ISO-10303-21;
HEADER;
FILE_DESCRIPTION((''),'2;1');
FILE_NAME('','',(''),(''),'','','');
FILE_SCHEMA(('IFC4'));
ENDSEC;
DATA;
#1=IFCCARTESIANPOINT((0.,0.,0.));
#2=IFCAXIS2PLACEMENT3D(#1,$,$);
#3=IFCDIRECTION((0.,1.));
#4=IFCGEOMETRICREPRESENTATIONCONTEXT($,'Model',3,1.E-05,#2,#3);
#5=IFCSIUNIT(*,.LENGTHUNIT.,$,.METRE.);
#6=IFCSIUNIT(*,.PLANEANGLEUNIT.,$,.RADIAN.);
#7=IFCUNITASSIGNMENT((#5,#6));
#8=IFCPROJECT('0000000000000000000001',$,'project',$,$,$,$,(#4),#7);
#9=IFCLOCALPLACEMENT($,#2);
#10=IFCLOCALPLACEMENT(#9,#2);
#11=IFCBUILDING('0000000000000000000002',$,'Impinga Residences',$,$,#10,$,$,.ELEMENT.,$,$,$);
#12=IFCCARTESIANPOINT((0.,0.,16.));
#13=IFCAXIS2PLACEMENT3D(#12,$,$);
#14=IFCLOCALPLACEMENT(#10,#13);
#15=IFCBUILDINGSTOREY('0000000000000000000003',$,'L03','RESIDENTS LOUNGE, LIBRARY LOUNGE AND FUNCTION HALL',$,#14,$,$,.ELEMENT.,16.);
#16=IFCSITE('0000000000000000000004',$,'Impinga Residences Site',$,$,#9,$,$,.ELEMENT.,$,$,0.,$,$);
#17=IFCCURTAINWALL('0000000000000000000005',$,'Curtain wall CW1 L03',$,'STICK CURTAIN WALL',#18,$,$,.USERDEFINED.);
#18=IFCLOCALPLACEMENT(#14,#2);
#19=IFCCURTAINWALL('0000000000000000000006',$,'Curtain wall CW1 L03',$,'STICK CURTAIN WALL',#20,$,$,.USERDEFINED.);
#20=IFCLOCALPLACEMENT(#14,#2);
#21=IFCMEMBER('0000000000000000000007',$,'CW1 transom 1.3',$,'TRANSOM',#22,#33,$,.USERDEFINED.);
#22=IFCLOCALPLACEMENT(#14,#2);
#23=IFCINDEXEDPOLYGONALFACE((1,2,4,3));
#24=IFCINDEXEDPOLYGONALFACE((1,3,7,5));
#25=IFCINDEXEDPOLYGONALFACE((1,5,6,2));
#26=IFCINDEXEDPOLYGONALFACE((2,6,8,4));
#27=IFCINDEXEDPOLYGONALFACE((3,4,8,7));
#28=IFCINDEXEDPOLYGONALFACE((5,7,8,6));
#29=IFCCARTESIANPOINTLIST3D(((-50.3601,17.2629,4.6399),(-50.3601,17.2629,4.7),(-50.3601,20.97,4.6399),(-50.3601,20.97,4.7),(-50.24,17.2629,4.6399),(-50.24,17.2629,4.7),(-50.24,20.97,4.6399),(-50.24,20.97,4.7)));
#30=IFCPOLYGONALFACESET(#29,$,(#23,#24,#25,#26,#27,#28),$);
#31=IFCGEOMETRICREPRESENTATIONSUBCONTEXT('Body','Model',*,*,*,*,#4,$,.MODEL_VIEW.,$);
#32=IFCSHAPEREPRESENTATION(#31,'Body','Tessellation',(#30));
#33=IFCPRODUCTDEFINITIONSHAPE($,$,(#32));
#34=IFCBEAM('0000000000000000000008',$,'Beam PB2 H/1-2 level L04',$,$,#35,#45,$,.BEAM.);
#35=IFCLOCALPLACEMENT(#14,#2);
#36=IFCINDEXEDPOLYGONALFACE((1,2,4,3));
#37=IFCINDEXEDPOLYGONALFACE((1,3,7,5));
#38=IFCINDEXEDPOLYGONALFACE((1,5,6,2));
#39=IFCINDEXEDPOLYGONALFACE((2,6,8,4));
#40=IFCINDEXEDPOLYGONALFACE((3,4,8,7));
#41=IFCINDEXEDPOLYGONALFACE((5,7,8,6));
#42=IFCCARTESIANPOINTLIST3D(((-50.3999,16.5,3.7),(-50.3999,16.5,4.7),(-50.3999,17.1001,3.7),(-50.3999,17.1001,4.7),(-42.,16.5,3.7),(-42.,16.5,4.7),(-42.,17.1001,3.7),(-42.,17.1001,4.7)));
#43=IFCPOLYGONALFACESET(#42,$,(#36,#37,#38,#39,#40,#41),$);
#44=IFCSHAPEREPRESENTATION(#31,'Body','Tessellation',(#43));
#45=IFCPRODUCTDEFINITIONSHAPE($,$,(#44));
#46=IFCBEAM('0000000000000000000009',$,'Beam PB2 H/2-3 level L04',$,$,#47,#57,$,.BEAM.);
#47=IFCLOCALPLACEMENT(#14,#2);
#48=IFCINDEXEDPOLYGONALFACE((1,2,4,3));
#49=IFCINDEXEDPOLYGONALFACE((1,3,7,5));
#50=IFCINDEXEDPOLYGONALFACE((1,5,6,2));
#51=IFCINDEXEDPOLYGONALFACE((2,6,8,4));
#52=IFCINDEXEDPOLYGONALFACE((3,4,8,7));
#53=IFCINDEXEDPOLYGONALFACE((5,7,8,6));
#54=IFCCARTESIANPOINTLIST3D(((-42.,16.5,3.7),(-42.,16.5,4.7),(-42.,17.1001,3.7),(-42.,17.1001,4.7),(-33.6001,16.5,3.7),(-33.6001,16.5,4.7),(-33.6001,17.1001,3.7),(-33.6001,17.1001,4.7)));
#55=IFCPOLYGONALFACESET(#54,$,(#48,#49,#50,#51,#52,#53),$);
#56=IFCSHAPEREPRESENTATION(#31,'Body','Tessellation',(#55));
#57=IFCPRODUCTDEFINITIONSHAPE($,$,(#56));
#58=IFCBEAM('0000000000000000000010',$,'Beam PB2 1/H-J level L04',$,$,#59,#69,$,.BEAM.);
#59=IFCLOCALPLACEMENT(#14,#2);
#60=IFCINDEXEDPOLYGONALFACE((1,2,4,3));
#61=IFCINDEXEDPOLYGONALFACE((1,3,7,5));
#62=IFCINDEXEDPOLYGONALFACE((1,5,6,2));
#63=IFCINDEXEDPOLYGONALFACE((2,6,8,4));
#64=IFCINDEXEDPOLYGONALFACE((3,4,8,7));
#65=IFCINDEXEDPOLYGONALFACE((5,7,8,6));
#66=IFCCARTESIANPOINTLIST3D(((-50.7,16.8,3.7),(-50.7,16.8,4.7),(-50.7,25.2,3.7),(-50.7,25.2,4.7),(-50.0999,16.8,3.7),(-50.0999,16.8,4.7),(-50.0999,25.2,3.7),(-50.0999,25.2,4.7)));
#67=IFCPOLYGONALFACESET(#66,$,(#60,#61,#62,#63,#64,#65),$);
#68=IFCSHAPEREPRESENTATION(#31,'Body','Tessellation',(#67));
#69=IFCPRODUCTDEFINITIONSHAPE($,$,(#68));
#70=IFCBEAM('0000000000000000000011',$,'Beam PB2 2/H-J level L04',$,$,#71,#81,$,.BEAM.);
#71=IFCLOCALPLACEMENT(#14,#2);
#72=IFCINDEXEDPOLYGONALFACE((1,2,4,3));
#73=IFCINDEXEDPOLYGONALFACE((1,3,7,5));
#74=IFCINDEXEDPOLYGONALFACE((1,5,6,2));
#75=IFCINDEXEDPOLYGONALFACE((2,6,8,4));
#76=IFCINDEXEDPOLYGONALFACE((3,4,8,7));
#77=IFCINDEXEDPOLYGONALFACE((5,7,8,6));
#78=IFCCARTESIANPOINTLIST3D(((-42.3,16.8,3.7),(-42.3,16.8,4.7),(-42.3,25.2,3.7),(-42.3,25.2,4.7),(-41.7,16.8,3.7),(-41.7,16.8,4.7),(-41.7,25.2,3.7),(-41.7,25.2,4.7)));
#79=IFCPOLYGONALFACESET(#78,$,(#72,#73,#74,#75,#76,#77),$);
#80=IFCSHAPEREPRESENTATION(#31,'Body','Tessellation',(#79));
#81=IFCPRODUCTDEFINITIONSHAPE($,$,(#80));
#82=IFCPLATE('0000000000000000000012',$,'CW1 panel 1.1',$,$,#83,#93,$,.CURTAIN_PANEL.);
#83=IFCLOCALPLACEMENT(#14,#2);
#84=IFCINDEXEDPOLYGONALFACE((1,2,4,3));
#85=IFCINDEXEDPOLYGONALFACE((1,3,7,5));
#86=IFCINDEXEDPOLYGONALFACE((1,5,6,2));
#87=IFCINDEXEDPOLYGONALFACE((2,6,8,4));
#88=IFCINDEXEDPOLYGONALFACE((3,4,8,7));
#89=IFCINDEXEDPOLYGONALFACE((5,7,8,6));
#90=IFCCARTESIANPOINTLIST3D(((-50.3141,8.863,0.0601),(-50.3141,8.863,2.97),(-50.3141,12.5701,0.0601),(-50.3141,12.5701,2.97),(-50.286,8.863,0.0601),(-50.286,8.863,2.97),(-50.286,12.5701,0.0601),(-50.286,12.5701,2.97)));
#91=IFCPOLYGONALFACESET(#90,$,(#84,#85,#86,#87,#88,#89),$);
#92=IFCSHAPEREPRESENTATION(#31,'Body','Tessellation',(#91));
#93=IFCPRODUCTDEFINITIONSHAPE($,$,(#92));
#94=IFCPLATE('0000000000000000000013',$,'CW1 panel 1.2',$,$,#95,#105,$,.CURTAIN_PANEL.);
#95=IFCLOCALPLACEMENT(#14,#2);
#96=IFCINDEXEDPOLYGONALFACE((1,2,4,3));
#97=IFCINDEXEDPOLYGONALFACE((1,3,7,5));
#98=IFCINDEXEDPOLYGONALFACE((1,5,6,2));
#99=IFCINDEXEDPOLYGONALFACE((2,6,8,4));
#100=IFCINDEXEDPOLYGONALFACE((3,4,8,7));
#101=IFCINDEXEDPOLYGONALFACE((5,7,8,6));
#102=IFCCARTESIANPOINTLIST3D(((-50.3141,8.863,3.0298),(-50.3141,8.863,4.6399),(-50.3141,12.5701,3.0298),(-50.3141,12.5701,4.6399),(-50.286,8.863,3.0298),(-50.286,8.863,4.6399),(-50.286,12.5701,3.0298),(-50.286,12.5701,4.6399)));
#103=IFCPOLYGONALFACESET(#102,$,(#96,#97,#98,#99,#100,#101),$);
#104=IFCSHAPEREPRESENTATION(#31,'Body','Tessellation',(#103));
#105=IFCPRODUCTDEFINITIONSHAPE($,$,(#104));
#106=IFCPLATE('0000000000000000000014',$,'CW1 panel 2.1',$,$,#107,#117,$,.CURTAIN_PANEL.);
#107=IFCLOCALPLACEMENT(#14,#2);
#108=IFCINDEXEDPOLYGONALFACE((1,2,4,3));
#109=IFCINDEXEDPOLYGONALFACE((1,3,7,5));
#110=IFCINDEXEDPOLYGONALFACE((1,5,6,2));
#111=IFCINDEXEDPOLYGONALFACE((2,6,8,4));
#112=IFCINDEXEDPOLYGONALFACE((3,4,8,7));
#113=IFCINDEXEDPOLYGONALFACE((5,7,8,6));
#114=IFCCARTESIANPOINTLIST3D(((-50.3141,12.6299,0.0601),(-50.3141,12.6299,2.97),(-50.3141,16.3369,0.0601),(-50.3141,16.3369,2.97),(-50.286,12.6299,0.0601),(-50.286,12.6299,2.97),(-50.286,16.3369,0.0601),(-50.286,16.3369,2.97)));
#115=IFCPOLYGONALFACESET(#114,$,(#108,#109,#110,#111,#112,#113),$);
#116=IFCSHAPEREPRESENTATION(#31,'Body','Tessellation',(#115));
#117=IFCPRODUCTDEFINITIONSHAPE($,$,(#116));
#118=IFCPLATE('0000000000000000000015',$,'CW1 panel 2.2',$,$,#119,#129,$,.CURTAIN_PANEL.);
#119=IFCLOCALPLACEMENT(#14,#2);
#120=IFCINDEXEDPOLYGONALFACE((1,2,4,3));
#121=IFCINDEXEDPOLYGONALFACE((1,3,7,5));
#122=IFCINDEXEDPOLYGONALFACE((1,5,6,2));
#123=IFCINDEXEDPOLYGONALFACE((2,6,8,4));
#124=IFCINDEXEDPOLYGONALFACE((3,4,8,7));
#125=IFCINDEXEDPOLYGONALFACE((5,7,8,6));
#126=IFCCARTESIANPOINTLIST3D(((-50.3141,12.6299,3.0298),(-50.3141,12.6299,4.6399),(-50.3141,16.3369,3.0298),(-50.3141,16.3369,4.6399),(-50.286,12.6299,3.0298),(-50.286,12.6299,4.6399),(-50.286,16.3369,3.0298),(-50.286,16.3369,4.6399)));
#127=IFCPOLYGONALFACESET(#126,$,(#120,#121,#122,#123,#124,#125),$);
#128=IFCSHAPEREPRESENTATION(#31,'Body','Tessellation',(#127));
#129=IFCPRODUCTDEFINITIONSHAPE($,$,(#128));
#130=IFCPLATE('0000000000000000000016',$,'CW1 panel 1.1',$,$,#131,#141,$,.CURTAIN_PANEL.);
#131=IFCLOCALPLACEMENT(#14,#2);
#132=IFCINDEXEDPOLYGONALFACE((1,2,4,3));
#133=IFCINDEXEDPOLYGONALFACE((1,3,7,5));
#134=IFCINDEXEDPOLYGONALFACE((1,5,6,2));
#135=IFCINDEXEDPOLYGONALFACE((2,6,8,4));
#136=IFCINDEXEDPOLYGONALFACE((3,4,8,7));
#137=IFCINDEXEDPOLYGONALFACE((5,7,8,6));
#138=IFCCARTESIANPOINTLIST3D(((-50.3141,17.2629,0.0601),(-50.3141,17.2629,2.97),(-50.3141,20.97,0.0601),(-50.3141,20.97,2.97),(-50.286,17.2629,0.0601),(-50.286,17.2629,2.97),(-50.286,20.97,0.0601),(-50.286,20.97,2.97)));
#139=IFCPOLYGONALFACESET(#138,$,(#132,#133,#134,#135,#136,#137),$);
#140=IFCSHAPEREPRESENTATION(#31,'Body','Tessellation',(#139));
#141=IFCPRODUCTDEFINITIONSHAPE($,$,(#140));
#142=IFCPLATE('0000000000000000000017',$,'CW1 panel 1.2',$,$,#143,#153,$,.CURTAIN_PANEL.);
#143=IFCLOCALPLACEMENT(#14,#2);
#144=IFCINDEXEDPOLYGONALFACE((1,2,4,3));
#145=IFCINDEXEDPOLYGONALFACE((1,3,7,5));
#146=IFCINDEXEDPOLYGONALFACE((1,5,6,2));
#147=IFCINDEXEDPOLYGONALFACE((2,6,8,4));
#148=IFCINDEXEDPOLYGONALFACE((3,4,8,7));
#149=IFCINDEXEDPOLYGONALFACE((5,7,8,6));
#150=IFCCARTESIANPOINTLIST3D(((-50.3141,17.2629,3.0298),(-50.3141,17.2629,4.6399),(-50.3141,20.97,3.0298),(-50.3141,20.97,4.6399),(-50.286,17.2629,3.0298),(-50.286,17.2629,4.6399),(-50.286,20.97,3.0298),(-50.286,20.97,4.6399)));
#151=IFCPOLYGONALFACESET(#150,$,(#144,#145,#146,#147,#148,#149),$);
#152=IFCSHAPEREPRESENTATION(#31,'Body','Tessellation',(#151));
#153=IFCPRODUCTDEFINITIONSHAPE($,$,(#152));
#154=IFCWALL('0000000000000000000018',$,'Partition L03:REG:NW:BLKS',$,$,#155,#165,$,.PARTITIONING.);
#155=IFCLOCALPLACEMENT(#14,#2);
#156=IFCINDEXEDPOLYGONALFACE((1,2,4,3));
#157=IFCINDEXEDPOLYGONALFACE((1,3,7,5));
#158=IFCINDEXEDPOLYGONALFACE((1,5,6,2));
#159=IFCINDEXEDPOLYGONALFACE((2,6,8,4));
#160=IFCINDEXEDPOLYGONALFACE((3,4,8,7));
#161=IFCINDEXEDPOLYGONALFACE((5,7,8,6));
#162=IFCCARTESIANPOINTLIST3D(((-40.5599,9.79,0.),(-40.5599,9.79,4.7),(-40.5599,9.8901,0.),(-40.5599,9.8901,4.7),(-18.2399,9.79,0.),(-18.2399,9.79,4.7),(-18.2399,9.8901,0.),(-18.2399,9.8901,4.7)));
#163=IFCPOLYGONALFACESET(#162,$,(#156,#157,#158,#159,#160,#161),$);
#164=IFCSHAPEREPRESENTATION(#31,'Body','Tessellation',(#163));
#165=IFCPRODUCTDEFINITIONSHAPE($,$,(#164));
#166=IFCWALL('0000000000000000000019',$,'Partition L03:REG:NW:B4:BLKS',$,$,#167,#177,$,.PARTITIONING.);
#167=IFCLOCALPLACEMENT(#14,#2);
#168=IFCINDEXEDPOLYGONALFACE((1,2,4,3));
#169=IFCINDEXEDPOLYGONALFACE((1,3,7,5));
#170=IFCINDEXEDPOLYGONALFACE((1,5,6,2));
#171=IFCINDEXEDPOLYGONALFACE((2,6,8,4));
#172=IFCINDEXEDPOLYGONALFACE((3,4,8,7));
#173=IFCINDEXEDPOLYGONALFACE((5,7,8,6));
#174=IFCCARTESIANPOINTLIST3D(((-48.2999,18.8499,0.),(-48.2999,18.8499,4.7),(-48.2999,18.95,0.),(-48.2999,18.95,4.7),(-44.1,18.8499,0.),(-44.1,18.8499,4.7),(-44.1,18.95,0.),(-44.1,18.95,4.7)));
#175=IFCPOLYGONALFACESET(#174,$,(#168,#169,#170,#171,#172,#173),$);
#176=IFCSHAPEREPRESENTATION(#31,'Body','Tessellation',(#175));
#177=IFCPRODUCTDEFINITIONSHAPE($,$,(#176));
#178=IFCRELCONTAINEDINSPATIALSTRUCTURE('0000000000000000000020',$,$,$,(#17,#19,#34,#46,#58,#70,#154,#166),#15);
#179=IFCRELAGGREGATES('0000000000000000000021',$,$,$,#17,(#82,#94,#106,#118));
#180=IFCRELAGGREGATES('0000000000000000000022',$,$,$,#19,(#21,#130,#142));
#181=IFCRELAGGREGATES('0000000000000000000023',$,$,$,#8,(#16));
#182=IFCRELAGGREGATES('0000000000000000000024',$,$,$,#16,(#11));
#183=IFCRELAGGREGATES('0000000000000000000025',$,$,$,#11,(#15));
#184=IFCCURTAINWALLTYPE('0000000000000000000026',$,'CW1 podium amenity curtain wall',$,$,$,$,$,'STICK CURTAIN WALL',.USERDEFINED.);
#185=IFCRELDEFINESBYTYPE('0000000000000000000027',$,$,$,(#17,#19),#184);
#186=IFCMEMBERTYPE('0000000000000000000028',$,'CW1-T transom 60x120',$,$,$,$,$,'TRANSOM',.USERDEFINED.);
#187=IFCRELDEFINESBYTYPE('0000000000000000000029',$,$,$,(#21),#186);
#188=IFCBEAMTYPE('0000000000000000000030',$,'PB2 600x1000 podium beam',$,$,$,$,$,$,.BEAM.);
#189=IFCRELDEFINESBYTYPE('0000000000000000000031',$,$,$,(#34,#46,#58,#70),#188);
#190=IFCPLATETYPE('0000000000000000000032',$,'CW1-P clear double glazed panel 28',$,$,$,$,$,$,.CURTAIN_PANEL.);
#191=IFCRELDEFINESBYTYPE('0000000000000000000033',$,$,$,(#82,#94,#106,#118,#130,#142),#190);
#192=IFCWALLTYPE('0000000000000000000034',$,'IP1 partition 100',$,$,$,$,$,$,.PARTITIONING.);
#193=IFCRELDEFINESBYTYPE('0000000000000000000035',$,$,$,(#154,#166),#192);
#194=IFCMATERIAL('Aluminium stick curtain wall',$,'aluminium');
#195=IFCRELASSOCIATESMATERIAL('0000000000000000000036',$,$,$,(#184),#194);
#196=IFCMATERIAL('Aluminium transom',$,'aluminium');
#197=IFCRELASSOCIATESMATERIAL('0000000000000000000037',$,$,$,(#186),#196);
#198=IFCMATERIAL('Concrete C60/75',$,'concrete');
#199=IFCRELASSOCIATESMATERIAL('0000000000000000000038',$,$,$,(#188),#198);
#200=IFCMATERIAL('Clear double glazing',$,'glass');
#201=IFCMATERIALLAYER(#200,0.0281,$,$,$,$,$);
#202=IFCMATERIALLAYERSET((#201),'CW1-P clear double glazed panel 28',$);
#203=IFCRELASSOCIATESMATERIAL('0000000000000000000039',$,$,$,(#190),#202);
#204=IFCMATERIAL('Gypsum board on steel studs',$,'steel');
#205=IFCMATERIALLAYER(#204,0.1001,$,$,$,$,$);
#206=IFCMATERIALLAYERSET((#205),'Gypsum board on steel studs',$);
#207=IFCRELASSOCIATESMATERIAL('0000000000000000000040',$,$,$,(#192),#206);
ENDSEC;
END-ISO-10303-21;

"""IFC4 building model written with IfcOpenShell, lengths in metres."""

from ifc_helpers import new_model, si_unit, direction, frame, frame_2d, origin, origin_2d, place, context, subcontext, project, spatial, rectangle, extrude, material, layer, layer_set, material_profile, profile_set, type_object, element, aggregate, save


model = new_model("IFC4")

# Units and contexts
model_context = context("Model", 3, precision=1e-05, world=origin(), true_north=direction((0.0, 1.0)))
body_context = subcontext(model_context, "Body", "Model", "MODEL_VIEW")
ifc_project = project(units=[si_unit("LENGTHUNIT", "METRE"), si_unit("PLANEANGLEUNIT", "RADIAN")], contexts=[model_context])

# Site, building, storey
site_placement = place(None, origin())
site = spatial("IfcSite", under=ifc_project, at=site_placement, Name="Impinga Residences Site", CompositionType="ELEMENT", RefElevation=0.0)
building_placement = place(site_placement, origin())
building = spatial("IfcBuilding", under=site, at=building_placement, Name="Impinga Residences", CompositionType="ELEMENT")
storey_placement = place(building_placement, frame((0.0, 0.0, 16.0)))
storey = spatial("IfcBuildingStorey", under=building, at=storey_placement, Name="L03", Description="RESIDENTS LOUNGE, LIBRARY LOUNGE AND FUNCTION HALL", CompositionType="ELEMENT", Elevation=16.0)

# Curtain walls
ifc_material_1 = material(Name="Aluminium stick curtain wall", Category="aluminium")
curtain_wall_type = type_object("IfcCurtainWallType", Name="CW1 podium amenity curtain wall", ElementType="STICK CURTAIN WALL", PredefinedType="USERDEFINED", material=ifc_material_1)
curtain_wall_1_placement = place(storey_placement, origin())
curtain_wall_1 = element("IfcCurtainWall", 1, at=curtain_wall_1_placement, inside=storey, type_object=curtain_wall_type, Name="Curtain wall CW1 L03", ObjectType="STICK CURTAIN WALL", PredefinedType="USERDEFINED")
curtain_wall_2_placement = place(storey_placement, origin())
curtain_wall_2 = element("IfcCurtainWall", 2, at=curtain_wall_2_placement, inside=storey, type_object=curtain_wall_type, Name="Curtain wall CW1 L03", ObjectType="STICK CURTAIN WALL", PredefinedType="USERDEFINED")

# Member
ifc_material_2 = material(Name="Aluminium transom", Category="aluminium")
ifc_material_profile_1 = material_profile(ifc_material_2, rectangle(XDim=0.0601, YDim=0.1201, at=origin_2d()), Name="60x120 transom")
ifc_profile_set_1 = profile_set([ifc_material_profile_1], Name="Aluminium transom")
member_type_1 = type_object("IfcMemberType", Name="CW1-T transom 60x120", ElementType="TRANSOM", PredefinedType="USERDEFINED", material=ifc_profile_set_1)
member_1_placement = place(storey_placement, frame((-50.3, 17.2629, 4.6699), z_axis=(0.0, 1.0, 0.0), x_axis=(0.0, 0.0, 1.0)))
member_1 = element("IfcMember", 3, at=member_1_placement, type_object=member_type_1, Name="CW1 transom 1.3", ObjectType="TRANSOM", PredefinedType="USERDEFINED", context=body_context, shape_type="SweptSolid", body=[
    extrude(rectangle(XDim=0.0601, YDim=0.1201, at=origin_2d()), origin(), (0.0, 0.0, 1.0), 3.707),
])

# Beams
ifc_material_3 = material(Name="Concrete C60/75", Category="concrete")
ifc_material_profile_2 = material_profile(ifc_material_3, rectangle(XDim=0.6001, YDim=1.0, at=origin_2d()), Name="RC 600x1000")
ifc_profile_set_2 = profile_set([ifc_material_profile_2], Name="Concrete C60/75")
beam_type = type_object("IfcBeamType", Name="PB2 600x1000 podium beam", PredefinedType="BEAM", material=ifc_profile_set_2)
for number, where, z_axis, x_axis, name in (
    (4, (-50.3999, 16.8, 4.2), (1.0, 0.0, 0.0), (0.0, 1.0, 0.0), "Beam PB2 H/1-2 level L04"),
    (5, (-42.0, 16.8, 4.2), (1.0, 0.0, 0.0), (0.0, 1.0, 0.0), "Beam PB2 H/2-3 level L04"),
    (6, (-50.3999, 16.8, 4.2), (0.0, 1.0, 0.0), (-1.0, 0.0, 0.0), "Beam PB2 1/H-J level L04"),
    (7, (-42.0, 16.8, 4.2), (0.0, 1.0, 0.0), (-1.0, 0.0, 0.0), "Beam PB2 2/H-J level L04"),
):
    element("IfcBeam", number, at=place(storey_placement, frame(where, z_axis=z_axis, x_axis=x_axis)), inside=storey, type_object=beam_type, Name=name, PredefinedType="BEAM", context=body_context, shape_type="SweptSolid", body=[
        extrude(rectangle(XDim=0.6001, YDim=1.0, at=origin_2d()), origin(), (0.0, 0.0, 1.0), 8.3999),
    ])

# Plates
ifc_material_4 = material(Name="Clear double glazing", Category="glass")
ifc_layer_1 = layer(ifc_material_4, 0.0281)
ifc_layer_set_1 = layer_set([ifc_layer_1], Name="CW1-P clear double glazed panel 28")
plate_type = type_object("IfcPlateType", Name="CW1-P clear double glazed panel 28", PredefinedType="CURTAIN_PANEL", material=ifc_layer_set_1)
plate_1_placement = place(storey_placement, frame((-50.3, 10.7166, 0.0601), z_axis=(0.0, 0.0, 1.0), x_axis=(0.0, 1.0, 0.0)))
plate_1 = element("IfcPlate", 8, at=plate_1_placement, type_object=plate_type, Name="CW1 panel 1.1", PredefinedType="CURTAIN_PANEL", context=body_context, shape_type="SweptSolid", body=[
    extrude(rectangle(XDim=3.707, YDim=0.0281, at=origin_2d()), origin(), (0.0, 0.0, 1.0), 2.9099),
])
plate_2_placement = place(storey_placement, frame((-50.3, 10.7166, 3.0298), z_axis=(0.0, 0.0, 1.0), x_axis=(0.0, 1.0, 0.0)))
plate_2 = element("IfcPlate", 9, at=plate_2_placement, type_object=plate_type, Name="CW1 panel 1.2", PredefinedType="CURTAIN_PANEL", context=body_context, shape_type="SweptSolid", body=[
    extrude(rectangle(XDim=3.707, YDim=0.0281, at=origin_2d()), origin(), (0.0, 0.0, 1.0), 1.6101),
])
plate_3_placement = place(storey_placement, frame((-50.3, 14.4834, 0.0601), z_axis=(0.0, 0.0, 1.0), x_axis=(0.0, 1.0, 0.0)))
plate_3 = element("IfcPlate", 10, at=plate_3_placement, type_object=plate_type, Name="CW1 panel 2.1", PredefinedType="CURTAIN_PANEL", context=body_context, shape_type="SweptSolid", body=[
    extrude(rectangle(XDim=3.707, YDim=0.0281, at=origin_2d()), origin(), (0.0, 0.0, 1.0), 2.9099),
])
plate_4_placement = place(storey_placement, frame((-50.3, 14.4834, 3.0298), z_axis=(0.0, 0.0, 1.0), x_axis=(0.0, 1.0, 0.0)))
plate_4 = element("IfcPlate", 11, at=plate_4_placement, type_object=plate_type, Name="CW1 panel 2.2", PredefinedType="CURTAIN_PANEL", context=body_context, shape_type="SweptSolid", body=[
    extrude(rectangle(XDim=3.707, YDim=0.0281, at=origin_2d()), origin(), (0.0, 0.0, 1.0), 1.6101),
])
aggregate(curtain_wall_1, [plate_1, plate_2, plate_3, plate_4])
plate_5_placement = place(storey_placement, frame((-50.3, 19.1165, 0.0601), z_axis=(0.0, 0.0, 1.0), x_axis=(0.0, 1.0, 0.0)))
plate_5 = element("IfcPlate", 12, at=plate_5_placement, type_object=plate_type, Name="CW1 panel 1.1", PredefinedType="CURTAIN_PANEL", context=body_context, shape_type="SweptSolid", body=[
    extrude(rectangle(XDim=3.707, YDim=0.0281, at=origin_2d()), origin(), (0.0, 0.0, 1.0), 2.9099),
])
plate_6_placement = place(storey_placement, frame((-50.3, 19.1165, 3.0298), z_axis=(0.0, 0.0, 1.0), x_axis=(0.0, 1.0, 0.0)))
plate_6 = element("IfcPlate", 13, at=plate_6_placement, type_object=plate_type, Name="CW1 panel 1.2", PredefinedType="CURTAIN_PANEL", context=body_context, shape_type="SweptSolid", body=[
    extrude(rectangle(XDim=3.707, YDim=0.0281, at=origin_2d()), origin(), (0.0, 0.0, 1.0), 1.6101),
])
aggregate(curtain_wall_2, [member_1, plate_5, plate_6])

# Walls
ifc_material_5 = material(Name="Gypsum board on steel studs", Category="steel")
ifc_layer_2 = layer(ifc_material_5, 0.1001)
ifc_layer_set_2 = layer_set([ifc_layer_2], Name="Gypsum board on steel studs")
wall_type = type_object("IfcWallType", Name="IP1 partition 100", PredefinedType="PARTITIONING", material=ifc_layer_set_2)
wall_1_placement = place(storey_placement, frame((-40.5601, 9.8401, 0.0), z_axis=(0.0, 0.0, 1.0), x_axis=(1.0, 0.0, 0.0)))
element("IfcWall", 14, at=wall_1_placement, inside=storey, type_object=wall_type, Name="Partition L03:REG:NW:BLKS", PredefinedType="PARTITIONING", context=body_context, shape_type="SweptSolid", body=[
    extrude(rectangle(XDim=22.3201, YDim=0.1001, at=frame_2d((11.1602, 0.0))), origin(), (0.0, 0.0, 1.0), 4.7),
])
wall_2_placement = place(storey_placement, frame((-48.3, 18.8999, 0.0), z_axis=(0.0, 0.0, 1.0), x_axis=(1.0, 0.0, 0.0)))
element("IfcWall", 15, at=wall_2_placement, inside=storey, type_object=wall_type, Name="Partition L03:REG:NW:B4:BLKS", PredefinedType="PARTITIONING", context=body_context, shape_type="SweptSolid", body=[
    extrude(rectangle(XDim=4.2, YDim=0.1001, at=frame_2d((2.1001, 0.0))), origin(), (0.0, 0.0, 1.0), 4.7),
])

save(model, "model.ifc")
